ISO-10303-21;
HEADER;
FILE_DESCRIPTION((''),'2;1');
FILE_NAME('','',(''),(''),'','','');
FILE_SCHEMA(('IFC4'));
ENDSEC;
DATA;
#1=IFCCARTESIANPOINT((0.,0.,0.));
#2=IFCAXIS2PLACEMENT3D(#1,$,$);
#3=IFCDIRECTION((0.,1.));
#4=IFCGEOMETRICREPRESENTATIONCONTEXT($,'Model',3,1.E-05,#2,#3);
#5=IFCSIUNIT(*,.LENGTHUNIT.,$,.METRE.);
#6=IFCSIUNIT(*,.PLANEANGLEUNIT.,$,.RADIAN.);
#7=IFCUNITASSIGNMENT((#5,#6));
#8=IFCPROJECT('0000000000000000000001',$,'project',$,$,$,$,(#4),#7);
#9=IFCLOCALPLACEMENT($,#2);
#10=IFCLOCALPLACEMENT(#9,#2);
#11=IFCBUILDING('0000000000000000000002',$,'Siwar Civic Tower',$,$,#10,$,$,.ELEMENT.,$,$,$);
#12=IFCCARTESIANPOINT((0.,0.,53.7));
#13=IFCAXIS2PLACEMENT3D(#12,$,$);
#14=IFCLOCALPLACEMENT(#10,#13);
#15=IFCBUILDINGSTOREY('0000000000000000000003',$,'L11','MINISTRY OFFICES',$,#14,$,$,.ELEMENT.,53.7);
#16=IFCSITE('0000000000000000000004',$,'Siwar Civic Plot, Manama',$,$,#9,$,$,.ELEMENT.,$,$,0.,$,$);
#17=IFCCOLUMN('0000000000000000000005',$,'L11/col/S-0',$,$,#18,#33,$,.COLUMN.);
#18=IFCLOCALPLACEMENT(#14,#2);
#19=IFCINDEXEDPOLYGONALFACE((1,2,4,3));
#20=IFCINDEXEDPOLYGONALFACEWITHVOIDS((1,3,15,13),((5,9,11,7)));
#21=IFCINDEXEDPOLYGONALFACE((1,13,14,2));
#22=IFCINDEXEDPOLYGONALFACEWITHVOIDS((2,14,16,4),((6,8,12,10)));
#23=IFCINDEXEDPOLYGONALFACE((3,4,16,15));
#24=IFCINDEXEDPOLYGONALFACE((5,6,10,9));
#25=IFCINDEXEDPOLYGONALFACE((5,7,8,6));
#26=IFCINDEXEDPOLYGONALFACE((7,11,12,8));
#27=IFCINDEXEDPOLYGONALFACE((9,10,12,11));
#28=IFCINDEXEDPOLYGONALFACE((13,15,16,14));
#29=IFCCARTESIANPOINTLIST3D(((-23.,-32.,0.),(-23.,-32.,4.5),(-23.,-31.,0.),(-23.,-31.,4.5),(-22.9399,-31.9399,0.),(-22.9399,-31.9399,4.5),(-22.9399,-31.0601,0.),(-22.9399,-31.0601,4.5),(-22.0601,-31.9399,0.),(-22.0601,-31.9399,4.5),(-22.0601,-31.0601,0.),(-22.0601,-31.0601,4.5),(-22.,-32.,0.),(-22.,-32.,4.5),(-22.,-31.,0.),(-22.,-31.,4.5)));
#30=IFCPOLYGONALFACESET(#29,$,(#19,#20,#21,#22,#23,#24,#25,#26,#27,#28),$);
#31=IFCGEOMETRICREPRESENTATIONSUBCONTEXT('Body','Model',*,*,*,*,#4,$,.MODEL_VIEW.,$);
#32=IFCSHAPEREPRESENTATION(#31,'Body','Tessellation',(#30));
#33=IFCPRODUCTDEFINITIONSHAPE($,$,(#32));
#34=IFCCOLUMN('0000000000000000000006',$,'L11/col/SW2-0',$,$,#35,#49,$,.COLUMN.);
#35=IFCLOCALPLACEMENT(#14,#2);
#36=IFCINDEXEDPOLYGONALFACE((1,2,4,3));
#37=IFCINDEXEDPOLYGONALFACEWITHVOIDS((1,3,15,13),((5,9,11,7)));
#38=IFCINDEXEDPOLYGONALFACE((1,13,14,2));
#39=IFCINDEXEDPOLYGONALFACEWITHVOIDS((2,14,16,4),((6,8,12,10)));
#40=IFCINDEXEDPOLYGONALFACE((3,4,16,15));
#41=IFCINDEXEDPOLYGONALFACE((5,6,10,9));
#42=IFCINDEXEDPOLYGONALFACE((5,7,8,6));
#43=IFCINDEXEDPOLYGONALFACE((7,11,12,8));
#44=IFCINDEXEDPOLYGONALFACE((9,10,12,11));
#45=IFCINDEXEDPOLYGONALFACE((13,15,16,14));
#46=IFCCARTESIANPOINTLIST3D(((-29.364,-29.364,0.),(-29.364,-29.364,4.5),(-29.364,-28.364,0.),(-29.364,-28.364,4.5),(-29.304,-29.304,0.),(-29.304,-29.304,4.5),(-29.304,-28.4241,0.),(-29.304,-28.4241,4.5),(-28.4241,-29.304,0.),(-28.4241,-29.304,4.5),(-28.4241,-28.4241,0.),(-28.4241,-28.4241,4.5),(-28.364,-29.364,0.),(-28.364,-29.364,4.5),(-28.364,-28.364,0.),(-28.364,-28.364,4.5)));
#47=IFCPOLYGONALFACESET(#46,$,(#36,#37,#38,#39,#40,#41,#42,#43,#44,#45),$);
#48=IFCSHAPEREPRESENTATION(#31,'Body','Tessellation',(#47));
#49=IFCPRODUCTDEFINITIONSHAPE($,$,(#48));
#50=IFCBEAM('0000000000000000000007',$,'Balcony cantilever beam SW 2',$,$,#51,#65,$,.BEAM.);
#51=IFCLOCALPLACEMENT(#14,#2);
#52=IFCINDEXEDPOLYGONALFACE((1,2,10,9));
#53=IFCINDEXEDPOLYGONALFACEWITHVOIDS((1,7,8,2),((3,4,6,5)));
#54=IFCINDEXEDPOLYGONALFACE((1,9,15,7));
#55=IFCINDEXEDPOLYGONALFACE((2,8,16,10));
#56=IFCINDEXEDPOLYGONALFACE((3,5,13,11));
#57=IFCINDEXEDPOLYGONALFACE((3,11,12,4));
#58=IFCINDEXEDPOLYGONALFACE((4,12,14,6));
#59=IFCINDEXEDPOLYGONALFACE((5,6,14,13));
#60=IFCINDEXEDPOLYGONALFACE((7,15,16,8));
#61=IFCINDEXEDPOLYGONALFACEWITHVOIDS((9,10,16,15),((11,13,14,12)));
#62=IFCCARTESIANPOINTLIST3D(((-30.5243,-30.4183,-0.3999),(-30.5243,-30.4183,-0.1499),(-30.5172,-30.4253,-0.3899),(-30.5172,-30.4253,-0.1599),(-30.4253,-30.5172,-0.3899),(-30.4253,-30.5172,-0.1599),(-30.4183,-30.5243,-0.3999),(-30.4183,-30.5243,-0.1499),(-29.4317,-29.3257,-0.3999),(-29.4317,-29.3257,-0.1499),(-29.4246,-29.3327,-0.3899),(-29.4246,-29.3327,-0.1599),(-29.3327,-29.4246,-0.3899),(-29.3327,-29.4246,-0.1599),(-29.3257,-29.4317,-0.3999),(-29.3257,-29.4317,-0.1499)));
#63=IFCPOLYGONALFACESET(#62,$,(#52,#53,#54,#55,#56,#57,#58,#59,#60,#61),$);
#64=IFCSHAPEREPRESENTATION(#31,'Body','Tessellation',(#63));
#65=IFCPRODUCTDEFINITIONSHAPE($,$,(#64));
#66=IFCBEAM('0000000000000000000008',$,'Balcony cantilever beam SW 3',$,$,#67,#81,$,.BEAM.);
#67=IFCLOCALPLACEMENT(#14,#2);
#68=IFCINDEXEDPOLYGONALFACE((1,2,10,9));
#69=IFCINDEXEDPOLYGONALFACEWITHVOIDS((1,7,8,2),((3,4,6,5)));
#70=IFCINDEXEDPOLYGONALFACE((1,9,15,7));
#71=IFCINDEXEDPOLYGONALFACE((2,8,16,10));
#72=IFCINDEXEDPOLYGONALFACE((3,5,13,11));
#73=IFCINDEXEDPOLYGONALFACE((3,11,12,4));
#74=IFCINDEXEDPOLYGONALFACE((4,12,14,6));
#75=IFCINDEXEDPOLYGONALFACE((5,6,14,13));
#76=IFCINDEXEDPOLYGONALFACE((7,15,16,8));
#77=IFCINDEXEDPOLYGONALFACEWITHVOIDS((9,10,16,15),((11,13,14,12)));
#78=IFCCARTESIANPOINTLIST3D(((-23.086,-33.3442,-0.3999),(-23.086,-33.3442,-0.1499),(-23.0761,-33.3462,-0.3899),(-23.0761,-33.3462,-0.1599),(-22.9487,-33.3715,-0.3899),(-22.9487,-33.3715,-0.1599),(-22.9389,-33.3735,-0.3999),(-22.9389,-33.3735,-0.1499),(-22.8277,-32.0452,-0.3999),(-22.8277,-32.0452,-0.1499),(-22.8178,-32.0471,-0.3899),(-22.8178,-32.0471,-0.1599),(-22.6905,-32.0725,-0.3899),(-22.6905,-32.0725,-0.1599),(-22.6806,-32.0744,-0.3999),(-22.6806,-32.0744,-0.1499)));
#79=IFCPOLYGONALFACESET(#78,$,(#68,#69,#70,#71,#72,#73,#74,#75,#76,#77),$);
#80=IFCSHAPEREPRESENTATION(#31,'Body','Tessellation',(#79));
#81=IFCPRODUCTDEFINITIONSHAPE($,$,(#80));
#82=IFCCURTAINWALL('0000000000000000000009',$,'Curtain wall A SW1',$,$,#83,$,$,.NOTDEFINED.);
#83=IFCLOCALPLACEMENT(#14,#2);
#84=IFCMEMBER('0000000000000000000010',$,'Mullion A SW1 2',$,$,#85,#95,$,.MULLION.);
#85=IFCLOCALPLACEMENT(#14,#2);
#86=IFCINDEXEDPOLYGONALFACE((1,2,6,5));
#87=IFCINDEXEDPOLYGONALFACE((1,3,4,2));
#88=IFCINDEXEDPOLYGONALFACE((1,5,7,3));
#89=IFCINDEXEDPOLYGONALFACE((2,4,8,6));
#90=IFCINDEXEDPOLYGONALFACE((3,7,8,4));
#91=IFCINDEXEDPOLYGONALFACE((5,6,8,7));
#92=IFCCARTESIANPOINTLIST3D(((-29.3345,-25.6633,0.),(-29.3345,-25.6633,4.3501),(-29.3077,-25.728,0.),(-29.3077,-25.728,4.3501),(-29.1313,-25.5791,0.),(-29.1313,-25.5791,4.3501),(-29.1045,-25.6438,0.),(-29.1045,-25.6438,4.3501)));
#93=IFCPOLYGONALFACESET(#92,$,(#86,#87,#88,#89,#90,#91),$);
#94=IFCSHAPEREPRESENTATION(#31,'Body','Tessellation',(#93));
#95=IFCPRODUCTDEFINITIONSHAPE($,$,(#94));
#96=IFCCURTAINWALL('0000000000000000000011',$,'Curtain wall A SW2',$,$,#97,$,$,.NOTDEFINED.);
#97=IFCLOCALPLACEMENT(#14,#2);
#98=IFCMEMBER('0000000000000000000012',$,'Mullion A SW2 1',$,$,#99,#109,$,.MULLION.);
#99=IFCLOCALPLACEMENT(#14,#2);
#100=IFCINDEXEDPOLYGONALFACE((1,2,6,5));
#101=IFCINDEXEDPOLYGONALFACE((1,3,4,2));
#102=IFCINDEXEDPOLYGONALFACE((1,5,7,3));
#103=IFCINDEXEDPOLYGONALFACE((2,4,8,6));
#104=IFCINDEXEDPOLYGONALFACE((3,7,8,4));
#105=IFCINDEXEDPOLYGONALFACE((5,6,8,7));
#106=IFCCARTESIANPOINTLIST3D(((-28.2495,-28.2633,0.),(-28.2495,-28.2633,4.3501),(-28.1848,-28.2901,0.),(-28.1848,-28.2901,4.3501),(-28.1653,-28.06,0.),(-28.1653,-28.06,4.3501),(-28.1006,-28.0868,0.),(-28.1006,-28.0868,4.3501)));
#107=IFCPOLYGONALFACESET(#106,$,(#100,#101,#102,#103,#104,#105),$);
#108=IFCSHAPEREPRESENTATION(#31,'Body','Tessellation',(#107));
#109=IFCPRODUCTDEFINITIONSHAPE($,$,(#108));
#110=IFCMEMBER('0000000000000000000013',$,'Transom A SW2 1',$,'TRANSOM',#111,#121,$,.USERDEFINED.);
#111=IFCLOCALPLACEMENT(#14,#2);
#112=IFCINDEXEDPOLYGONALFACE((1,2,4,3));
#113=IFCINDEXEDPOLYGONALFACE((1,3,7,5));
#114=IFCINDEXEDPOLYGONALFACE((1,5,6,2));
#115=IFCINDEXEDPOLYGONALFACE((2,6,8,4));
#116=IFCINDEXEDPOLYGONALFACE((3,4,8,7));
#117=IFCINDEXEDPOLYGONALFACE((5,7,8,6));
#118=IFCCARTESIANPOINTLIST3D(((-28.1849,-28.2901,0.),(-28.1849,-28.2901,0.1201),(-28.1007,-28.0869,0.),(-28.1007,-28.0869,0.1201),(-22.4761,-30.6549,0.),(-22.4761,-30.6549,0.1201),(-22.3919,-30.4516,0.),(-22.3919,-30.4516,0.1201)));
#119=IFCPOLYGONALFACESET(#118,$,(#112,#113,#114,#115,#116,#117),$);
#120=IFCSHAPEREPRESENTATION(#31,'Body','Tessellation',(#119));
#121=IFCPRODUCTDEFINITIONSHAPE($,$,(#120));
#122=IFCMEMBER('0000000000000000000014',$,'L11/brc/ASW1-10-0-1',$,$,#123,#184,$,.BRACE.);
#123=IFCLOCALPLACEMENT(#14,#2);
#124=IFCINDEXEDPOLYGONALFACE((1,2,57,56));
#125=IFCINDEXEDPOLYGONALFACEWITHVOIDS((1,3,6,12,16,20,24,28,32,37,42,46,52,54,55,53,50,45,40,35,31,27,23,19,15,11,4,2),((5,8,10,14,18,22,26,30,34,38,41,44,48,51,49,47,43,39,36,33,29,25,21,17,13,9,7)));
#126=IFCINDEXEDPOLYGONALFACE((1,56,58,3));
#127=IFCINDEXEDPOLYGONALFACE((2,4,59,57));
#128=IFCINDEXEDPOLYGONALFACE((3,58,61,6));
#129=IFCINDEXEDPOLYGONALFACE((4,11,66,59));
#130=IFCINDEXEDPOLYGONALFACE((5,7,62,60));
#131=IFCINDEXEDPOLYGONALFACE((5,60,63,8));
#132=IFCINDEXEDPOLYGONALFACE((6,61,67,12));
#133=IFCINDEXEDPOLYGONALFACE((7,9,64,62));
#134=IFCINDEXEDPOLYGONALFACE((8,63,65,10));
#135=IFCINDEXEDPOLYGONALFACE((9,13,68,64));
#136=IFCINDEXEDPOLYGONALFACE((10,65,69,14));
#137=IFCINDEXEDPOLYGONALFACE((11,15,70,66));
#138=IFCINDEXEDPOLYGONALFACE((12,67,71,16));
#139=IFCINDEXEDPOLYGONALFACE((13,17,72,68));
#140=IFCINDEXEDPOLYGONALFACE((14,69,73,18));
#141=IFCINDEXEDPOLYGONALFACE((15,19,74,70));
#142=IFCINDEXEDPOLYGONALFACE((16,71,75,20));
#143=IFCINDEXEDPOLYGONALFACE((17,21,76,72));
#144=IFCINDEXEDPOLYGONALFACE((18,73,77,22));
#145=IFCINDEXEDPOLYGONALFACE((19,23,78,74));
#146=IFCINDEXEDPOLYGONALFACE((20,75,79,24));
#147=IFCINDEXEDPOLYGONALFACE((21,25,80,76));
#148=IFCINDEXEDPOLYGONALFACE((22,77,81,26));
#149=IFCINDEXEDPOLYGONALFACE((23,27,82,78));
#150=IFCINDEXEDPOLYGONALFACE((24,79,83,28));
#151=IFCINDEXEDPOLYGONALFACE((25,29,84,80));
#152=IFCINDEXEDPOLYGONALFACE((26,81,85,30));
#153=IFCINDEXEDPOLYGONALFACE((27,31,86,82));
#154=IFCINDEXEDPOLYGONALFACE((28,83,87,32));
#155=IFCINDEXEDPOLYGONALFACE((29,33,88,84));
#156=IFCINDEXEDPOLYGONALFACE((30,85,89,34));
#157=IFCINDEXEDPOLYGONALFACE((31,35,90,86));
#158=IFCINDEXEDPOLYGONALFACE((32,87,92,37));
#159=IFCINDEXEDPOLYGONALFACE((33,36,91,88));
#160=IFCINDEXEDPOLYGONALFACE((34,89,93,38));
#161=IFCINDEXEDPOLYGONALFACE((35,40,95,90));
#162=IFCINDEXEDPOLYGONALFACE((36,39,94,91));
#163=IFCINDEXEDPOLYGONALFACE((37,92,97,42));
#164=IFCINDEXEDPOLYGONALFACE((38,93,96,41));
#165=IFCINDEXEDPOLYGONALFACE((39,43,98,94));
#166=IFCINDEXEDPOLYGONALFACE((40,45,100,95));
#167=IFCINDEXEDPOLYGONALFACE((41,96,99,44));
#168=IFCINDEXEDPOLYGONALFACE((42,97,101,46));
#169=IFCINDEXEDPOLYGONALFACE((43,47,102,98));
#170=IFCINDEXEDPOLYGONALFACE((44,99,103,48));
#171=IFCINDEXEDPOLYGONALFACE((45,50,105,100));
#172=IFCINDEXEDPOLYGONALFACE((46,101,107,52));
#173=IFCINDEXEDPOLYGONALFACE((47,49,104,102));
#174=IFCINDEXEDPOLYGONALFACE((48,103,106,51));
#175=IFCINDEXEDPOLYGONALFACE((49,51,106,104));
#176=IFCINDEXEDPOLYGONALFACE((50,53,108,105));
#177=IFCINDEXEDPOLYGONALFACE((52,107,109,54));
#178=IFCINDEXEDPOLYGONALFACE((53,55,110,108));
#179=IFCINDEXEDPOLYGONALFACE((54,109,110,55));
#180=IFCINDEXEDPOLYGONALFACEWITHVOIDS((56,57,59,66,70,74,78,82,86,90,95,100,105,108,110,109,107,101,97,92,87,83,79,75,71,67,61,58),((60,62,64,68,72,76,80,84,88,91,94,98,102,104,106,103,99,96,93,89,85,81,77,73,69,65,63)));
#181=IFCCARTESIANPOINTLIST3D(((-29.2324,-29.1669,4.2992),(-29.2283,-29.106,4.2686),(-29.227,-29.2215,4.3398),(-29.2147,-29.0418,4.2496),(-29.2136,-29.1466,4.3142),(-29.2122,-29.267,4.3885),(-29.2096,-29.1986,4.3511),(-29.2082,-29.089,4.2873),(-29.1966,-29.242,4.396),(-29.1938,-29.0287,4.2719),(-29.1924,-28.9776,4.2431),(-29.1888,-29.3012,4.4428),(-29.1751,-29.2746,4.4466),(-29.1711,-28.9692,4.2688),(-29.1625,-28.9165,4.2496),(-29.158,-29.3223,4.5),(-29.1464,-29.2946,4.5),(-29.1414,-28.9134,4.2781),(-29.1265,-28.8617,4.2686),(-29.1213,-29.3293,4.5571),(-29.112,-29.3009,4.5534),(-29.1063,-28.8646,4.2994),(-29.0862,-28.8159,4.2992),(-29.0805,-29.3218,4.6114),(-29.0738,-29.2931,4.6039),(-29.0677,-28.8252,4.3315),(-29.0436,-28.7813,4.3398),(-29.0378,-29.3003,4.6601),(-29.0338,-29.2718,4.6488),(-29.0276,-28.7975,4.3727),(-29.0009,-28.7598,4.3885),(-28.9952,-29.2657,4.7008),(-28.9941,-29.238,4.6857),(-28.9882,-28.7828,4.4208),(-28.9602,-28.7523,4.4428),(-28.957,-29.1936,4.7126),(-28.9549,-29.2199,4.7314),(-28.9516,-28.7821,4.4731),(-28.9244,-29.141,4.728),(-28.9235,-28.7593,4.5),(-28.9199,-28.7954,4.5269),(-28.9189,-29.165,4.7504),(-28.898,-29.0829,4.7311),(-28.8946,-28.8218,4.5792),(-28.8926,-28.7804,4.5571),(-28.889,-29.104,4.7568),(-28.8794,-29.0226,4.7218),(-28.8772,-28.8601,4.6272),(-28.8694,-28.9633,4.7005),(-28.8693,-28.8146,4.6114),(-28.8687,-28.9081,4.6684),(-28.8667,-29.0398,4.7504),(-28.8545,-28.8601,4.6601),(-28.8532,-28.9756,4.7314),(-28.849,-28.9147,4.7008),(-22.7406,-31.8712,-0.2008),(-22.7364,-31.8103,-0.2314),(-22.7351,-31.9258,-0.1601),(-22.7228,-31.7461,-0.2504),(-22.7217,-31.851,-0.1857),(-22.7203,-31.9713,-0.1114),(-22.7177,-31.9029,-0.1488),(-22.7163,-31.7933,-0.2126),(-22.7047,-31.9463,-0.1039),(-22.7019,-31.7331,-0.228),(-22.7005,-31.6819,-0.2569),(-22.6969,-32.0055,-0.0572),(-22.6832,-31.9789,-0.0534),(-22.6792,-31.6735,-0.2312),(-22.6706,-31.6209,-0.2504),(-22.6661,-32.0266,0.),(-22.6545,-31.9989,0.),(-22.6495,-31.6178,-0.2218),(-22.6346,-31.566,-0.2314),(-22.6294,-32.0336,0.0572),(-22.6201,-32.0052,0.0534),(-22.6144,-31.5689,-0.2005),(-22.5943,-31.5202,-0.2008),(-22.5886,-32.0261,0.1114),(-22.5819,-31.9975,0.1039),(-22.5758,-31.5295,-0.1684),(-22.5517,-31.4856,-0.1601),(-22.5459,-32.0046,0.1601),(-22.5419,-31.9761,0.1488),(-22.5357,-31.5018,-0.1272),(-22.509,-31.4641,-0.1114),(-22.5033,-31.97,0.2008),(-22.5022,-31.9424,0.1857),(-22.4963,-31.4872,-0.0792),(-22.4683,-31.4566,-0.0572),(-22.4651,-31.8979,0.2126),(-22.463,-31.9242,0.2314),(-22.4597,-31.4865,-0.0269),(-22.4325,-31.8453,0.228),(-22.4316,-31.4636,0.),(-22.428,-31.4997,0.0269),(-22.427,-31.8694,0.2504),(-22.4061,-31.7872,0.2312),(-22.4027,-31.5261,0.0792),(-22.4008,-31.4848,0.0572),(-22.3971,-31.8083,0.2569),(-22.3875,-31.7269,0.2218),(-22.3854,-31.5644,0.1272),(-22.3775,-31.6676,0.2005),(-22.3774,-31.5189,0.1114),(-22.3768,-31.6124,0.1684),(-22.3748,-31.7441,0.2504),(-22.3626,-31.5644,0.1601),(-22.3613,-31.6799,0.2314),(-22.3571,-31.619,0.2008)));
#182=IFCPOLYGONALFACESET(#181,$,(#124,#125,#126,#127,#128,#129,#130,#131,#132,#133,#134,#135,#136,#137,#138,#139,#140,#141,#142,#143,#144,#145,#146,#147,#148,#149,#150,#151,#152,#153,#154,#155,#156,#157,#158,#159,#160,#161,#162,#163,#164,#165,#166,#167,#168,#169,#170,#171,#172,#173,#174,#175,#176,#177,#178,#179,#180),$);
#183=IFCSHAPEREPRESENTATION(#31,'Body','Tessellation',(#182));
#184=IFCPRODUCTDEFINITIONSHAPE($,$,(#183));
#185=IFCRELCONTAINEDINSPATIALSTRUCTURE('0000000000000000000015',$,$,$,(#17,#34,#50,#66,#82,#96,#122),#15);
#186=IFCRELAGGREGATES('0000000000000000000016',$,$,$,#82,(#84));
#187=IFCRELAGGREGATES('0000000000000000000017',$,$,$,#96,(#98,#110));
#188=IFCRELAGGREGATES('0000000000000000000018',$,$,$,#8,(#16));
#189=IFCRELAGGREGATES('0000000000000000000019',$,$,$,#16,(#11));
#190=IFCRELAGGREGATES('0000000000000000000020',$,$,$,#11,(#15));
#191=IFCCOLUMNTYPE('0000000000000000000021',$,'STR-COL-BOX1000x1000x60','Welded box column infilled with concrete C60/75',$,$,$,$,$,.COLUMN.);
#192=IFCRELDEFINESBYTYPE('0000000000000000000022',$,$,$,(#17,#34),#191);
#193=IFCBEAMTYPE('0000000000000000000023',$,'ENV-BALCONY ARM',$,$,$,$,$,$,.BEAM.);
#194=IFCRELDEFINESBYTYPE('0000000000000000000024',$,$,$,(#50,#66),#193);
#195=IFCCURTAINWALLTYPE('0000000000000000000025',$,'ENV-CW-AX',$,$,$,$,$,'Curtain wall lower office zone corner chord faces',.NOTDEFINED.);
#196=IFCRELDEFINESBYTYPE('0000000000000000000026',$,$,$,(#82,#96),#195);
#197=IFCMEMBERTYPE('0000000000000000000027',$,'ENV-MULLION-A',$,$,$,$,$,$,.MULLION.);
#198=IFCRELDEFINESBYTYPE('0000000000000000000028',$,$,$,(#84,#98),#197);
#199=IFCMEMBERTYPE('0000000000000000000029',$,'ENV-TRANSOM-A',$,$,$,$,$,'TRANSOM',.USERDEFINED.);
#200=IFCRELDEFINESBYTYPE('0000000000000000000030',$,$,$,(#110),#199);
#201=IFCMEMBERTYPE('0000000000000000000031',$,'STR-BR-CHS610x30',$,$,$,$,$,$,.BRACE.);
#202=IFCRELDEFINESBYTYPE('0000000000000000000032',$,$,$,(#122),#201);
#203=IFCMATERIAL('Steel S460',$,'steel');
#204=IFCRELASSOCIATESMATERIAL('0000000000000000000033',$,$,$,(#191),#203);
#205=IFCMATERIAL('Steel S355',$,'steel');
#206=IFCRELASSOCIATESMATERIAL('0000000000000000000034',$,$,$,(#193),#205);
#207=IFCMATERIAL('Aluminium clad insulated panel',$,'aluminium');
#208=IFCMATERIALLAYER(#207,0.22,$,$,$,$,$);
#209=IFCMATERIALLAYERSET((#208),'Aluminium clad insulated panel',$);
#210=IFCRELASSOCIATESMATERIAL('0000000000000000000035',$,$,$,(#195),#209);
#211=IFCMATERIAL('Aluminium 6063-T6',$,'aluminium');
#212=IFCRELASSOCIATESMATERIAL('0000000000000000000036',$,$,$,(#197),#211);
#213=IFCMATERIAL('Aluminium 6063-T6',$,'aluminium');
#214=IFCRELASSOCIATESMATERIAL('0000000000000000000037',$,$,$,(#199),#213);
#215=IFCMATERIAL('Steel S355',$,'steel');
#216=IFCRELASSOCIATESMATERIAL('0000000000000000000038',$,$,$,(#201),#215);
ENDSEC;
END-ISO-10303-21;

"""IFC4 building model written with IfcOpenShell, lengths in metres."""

from ifc_helpers import new_model, si_unit, direction, frame, origin, origin_2d, place, context, subcontext, project, spatial, rectangle, hollow_rectangle, hollow_circle, extrude, material, layer, layer_set, material_profile, profile_set, type_object, element, aggregate, save


model = new_model("IFC4")

# Units and contexts
model_context = context("Model", 3, precision=1e-05, world=origin(), true_north=direction((0.0, 1.0)))
body_context = subcontext(model_context, "Body", "Model", "MODEL_VIEW")
ifc_project = project(units=[si_unit("LENGTHUNIT", "METRE"), si_unit("PLANEANGLEUNIT", "RADIAN")], contexts=[model_context])

# Site, building, storey
site_placement = place(None, origin())
site = spatial("IfcSite", under=ifc_project, at=site_placement, Name="Siwar Civic Plot, Manama", CompositionType="ELEMENT", RefElevation=0.0)
building_placement = place(site_placement, origin())
building = spatial("IfcBuilding", under=site, at=building_placement, Name="Siwar Civic Tower", CompositionType="ELEMENT")
storey_placement = place(building_placement, frame((0.0, 0.0, 53.7)))
storey = spatial("IfcBuildingStorey", under=building, at=storey_placement, Name="L11", Description="MINISTRY OFFICES", CompositionType="ELEMENT", Elevation=53.7)

# Columns
ifc_material_1 = material(Name="Steel S460", Category="steel")
ifc_material_profile_1 = material_profile(ifc_material_1, hollow_rectangle(XDim=1.0, YDim=1.0, WallThickness=0.0601, at=origin_2d()), Name="BOX1000x1000x60")
ifc_profile_set_1 = profile_set([ifc_material_profile_1], Name="Steel S460")
column_type = type_object("IfcColumnType", Name="STR-COL-BOX1000x1000x60", Description="Welded box column infilled with concrete C60/75", PredefinedType="COLUMN", material=ifc_profile_set_1)
for number, where, z_axis, x_axis, name in (
    (1, (-22.5, -31.5, 0.0), (0.0, 0.0, 1.0), (1.0, 0.0, 0.0), "L11/col/S-0"),
    (2, (-28.864, -28.864, 0.0), (0.0, 0.0, 1.0), (1.0, 0.0, 0.0), "L11/col/SW2-0"),
):
    element("IfcColumn", number, at=place(storey_placement, frame(where, z_axis=z_axis, x_axis=x_axis)), inside=storey, type_object=column_type, Name=name, PredefinedType="COLUMN", context=body_context, shape_type="SweptSolid", body=[
        extrude(hollow_rectangle(XDim=1.0, YDim=1.0, WallThickness=0.0601, at=origin_2d()), origin(), (0.0, 0.0, 1.0), 4.5),
    ])

# Beams
ifc_material_2 = material(Name="Steel S355", Category="steel")
ifc_material_profile_2 = material_profile(ifc_material_2, hollow_rectangle(XDim=0.1499, YDim=0.25, WallThickness=0.01, at=origin_2d()), Name="RHS250x150x10")
ifc_profile_set_2 = profile_set([ifc_material_profile_2], Name="Steel S355")
beam_type_1 = type_object("IfcBeamType", Name="ENV-BALCONY ARM", PredefinedType="BEAM", material=ifc_profile_set_2)
beam_1_placement = place(storey_placement, frame((-29.3787, -29.3787, -0.2749), z_axis=(-0.707107, -0.707107, 0.0), x_axis=(0.707107, -0.707107, 0.0)))
element("IfcBeam", 3, at=beam_1_placement, inside=storey, type_object=beam_type_1, Name="Balcony cantilever beam SW 2", PredefinedType="BEAM", context=body_context, shape_type="SweptSolid", body=[
    extrude(hollow_rectangle(XDim=0.1499, YDim=0.25, WallThickness=0.01, at=origin_2d()), origin(), (0.0, 0.0, 1.0), 1.5452),
])
beam_2_placement = place(storey_placement, frame((-22.7542, -32.0598, -0.2749), z_axis=(-0.195017, -0.9808, 0.0), x_axis=(0.9808, -0.195017, 0.0)))
element("IfcBeam", 4, at=beam_2_placement, inside=storey, type_object=beam_type_1, Name="Balcony cantilever beam SW 3", PredefinedType="BEAM", context=body_context, shape_type="SweptSolid", body=[
    extrude(hollow_rectangle(XDim=0.1499, YDim=0.25, WallThickness=0.01, at=origin_2d()), origin(), (0.0, 0.0, 1.0), 1.3245),
])

# Curtain wall, member
ifc_material_3 = material(Name="Aluminium clad insulated panel", Category="aluminium")
ifc_layer_1 = layer(ifc_material_3, 0.22)
ifc_layer_set_1 = layer_set([ifc_layer_1], Name="Aluminium clad insulated panel")
curtain_wall_type = type_object("IfcCurtainWallType", Name="ENV-CW-AX", ElementType="Curtain wall lower office zone corner chord faces", PredefinedType="NOTDEFINED", material=ifc_layer_set_1)
curtain_wall_1_placement = place(storey_placement, origin())
curtain_wall_1 = element("IfcCurtainWall", 5, at=curtain_wall_1_placement, inside=storey, type_object=curtain_wall_type, Name="Curtain wall A SW1", PredefinedType="NOTDEFINED")
ifc_material_4 = material(Name="Aluminium 6063-T6", Category="aluminium")
ifc_material_profile_3 = material_profile(ifc_material_4, rectangle(XDim=0.22, YDim=0.0701, at=origin_2d()), Name="AL 220x70")
ifc_profile_set_3 = profile_set([ifc_material_profile_3], Name="Aluminium 6063-T6")
member_type_1 = type_object("IfcMemberType", Name="ENV-MULLION-A", PredefinedType="MULLION", material=ifc_profile_set_3)
member_1_placement = place(storey_placement, frame((-29.2195, -25.6536, 0.0), z_axis=(0.0, 0.0, 1.0), x_axis=(0.92388, 0.382683, 0.0)))
member_1 = element("IfcMember", 6, at=member_1_placement, type_object=member_type_1, Name="Mullion A SW1 2", PredefinedType="MULLION", context=body_context, shape_type="SweptSolid", body=[
    extrude(rectangle(XDim=0.22, YDim=0.0701, at=origin_2d()), origin(), (0.0, 0.0, 1.0), 4.3501),
])
aggregate(curtain_wall_1, [member_1])

# Curtain wall, members
curtain_wall_2_placement = place(storey_placement, origin())
curtain_wall_2 = element("IfcCurtainWall", 7, at=curtain_wall_2_placement, inside=storey, type_object=curtain_wall_type, Name="Curtain wall A SW2", PredefinedType="NOTDEFINED")
member_2_placement = place(storey_placement, frame((-28.175, -28.175, 0.0), z_axis=(0.0, 0.0, 1.0), x_axis=(0.382683, 0.92388, 0.0)))
member_2 = element("IfcMember", 8, at=member_2_placement, type_object=member_type_1, Name="Mullion A SW2 1", PredefinedType="MULLION", context=body_context, shape_type="SweptSolid", body=[
    extrude(rectangle(XDim=0.22, YDim=0.0701, at=origin_2d()), origin(), (0.0, 0.0, 1.0), 4.3501),
])
ifc_material_5 = material(Name="Aluminium 6063-T6", Category="aluminium")
ifc_material_profile_4 = material_profile(ifc_material_5, rectangle(XDim=0.22, YDim=0.1201, at=origin_2d()), Name="AL 220x120")
ifc_profile_set_4 = profile_set([ifc_material_profile_4], Name="Aluminium 6063-T6")
member_type_2 = type_object("IfcMemberType", Name="ENV-TRANSOM-A", ElementType="TRANSOM", PredefinedType="USERDEFINED", material=ifc_profile_set_4)
member_3_placement = place(storey_placement, frame((-28.1428, -28.1885, 0.0601), z_axis=(0.923873, -0.382698, 0.0), x_axis=(0.382698, 0.923873, 0.0)))
member_3 = element("IfcMember", 9, at=member_3_placement, type_object=member_type_2, Name="Transom A SW2 1", ObjectType="TRANSOM", PredefinedType="USERDEFINED", context=body_context, shape_type="SweptSolid", body=[
    extrude(rectangle(XDim=0.22, YDim=0.1201, at=origin_2d()), origin(), (0.0, 0.0, 1.0), 6.1792),
])

# Member
ifc_material_6 = material(Name="Steel S355", Category="steel")
ifc_material_profile_5 = material_profile(ifc_material_6, hollow_circle(Radius=0.3049, WallThickness=0.03, at=origin_2d()), Name="CHS610x30")
ifc_profile_set_5 = profile_set([ifc_material_profile_5], Name="Steel S355")
member_type_3 = type_object("IfcMemberType", Name="STR-BR-CHS610x30", PredefinedType="BRACE", material=ifc_profile_set_5)
member_4_placement = place(storey_placement, frame((-22.5488, -31.7451, 0.0), z_axis=(-0.777555, 0.323906, 0.538975), x_axis=(-0.384539, -0.923109, 0.0)))
element("IfcMember", 10, at=member_4_placement, inside=storey, type_object=member_type_3, Name="L11/brc/ASW1-10-0-1", PredefinedType="BRACE", context=body_context, shape_type="SweptSolid", body=[
    extrude(hollow_circle(Radius=0.3049, WallThickness=0.03, at=origin_2d()), origin(), (0.0, 0.0, 1.0), 8.3491),
])

aggregate(curtain_wall_2, [member_2, member_3])

save(model, "model.ifc")
